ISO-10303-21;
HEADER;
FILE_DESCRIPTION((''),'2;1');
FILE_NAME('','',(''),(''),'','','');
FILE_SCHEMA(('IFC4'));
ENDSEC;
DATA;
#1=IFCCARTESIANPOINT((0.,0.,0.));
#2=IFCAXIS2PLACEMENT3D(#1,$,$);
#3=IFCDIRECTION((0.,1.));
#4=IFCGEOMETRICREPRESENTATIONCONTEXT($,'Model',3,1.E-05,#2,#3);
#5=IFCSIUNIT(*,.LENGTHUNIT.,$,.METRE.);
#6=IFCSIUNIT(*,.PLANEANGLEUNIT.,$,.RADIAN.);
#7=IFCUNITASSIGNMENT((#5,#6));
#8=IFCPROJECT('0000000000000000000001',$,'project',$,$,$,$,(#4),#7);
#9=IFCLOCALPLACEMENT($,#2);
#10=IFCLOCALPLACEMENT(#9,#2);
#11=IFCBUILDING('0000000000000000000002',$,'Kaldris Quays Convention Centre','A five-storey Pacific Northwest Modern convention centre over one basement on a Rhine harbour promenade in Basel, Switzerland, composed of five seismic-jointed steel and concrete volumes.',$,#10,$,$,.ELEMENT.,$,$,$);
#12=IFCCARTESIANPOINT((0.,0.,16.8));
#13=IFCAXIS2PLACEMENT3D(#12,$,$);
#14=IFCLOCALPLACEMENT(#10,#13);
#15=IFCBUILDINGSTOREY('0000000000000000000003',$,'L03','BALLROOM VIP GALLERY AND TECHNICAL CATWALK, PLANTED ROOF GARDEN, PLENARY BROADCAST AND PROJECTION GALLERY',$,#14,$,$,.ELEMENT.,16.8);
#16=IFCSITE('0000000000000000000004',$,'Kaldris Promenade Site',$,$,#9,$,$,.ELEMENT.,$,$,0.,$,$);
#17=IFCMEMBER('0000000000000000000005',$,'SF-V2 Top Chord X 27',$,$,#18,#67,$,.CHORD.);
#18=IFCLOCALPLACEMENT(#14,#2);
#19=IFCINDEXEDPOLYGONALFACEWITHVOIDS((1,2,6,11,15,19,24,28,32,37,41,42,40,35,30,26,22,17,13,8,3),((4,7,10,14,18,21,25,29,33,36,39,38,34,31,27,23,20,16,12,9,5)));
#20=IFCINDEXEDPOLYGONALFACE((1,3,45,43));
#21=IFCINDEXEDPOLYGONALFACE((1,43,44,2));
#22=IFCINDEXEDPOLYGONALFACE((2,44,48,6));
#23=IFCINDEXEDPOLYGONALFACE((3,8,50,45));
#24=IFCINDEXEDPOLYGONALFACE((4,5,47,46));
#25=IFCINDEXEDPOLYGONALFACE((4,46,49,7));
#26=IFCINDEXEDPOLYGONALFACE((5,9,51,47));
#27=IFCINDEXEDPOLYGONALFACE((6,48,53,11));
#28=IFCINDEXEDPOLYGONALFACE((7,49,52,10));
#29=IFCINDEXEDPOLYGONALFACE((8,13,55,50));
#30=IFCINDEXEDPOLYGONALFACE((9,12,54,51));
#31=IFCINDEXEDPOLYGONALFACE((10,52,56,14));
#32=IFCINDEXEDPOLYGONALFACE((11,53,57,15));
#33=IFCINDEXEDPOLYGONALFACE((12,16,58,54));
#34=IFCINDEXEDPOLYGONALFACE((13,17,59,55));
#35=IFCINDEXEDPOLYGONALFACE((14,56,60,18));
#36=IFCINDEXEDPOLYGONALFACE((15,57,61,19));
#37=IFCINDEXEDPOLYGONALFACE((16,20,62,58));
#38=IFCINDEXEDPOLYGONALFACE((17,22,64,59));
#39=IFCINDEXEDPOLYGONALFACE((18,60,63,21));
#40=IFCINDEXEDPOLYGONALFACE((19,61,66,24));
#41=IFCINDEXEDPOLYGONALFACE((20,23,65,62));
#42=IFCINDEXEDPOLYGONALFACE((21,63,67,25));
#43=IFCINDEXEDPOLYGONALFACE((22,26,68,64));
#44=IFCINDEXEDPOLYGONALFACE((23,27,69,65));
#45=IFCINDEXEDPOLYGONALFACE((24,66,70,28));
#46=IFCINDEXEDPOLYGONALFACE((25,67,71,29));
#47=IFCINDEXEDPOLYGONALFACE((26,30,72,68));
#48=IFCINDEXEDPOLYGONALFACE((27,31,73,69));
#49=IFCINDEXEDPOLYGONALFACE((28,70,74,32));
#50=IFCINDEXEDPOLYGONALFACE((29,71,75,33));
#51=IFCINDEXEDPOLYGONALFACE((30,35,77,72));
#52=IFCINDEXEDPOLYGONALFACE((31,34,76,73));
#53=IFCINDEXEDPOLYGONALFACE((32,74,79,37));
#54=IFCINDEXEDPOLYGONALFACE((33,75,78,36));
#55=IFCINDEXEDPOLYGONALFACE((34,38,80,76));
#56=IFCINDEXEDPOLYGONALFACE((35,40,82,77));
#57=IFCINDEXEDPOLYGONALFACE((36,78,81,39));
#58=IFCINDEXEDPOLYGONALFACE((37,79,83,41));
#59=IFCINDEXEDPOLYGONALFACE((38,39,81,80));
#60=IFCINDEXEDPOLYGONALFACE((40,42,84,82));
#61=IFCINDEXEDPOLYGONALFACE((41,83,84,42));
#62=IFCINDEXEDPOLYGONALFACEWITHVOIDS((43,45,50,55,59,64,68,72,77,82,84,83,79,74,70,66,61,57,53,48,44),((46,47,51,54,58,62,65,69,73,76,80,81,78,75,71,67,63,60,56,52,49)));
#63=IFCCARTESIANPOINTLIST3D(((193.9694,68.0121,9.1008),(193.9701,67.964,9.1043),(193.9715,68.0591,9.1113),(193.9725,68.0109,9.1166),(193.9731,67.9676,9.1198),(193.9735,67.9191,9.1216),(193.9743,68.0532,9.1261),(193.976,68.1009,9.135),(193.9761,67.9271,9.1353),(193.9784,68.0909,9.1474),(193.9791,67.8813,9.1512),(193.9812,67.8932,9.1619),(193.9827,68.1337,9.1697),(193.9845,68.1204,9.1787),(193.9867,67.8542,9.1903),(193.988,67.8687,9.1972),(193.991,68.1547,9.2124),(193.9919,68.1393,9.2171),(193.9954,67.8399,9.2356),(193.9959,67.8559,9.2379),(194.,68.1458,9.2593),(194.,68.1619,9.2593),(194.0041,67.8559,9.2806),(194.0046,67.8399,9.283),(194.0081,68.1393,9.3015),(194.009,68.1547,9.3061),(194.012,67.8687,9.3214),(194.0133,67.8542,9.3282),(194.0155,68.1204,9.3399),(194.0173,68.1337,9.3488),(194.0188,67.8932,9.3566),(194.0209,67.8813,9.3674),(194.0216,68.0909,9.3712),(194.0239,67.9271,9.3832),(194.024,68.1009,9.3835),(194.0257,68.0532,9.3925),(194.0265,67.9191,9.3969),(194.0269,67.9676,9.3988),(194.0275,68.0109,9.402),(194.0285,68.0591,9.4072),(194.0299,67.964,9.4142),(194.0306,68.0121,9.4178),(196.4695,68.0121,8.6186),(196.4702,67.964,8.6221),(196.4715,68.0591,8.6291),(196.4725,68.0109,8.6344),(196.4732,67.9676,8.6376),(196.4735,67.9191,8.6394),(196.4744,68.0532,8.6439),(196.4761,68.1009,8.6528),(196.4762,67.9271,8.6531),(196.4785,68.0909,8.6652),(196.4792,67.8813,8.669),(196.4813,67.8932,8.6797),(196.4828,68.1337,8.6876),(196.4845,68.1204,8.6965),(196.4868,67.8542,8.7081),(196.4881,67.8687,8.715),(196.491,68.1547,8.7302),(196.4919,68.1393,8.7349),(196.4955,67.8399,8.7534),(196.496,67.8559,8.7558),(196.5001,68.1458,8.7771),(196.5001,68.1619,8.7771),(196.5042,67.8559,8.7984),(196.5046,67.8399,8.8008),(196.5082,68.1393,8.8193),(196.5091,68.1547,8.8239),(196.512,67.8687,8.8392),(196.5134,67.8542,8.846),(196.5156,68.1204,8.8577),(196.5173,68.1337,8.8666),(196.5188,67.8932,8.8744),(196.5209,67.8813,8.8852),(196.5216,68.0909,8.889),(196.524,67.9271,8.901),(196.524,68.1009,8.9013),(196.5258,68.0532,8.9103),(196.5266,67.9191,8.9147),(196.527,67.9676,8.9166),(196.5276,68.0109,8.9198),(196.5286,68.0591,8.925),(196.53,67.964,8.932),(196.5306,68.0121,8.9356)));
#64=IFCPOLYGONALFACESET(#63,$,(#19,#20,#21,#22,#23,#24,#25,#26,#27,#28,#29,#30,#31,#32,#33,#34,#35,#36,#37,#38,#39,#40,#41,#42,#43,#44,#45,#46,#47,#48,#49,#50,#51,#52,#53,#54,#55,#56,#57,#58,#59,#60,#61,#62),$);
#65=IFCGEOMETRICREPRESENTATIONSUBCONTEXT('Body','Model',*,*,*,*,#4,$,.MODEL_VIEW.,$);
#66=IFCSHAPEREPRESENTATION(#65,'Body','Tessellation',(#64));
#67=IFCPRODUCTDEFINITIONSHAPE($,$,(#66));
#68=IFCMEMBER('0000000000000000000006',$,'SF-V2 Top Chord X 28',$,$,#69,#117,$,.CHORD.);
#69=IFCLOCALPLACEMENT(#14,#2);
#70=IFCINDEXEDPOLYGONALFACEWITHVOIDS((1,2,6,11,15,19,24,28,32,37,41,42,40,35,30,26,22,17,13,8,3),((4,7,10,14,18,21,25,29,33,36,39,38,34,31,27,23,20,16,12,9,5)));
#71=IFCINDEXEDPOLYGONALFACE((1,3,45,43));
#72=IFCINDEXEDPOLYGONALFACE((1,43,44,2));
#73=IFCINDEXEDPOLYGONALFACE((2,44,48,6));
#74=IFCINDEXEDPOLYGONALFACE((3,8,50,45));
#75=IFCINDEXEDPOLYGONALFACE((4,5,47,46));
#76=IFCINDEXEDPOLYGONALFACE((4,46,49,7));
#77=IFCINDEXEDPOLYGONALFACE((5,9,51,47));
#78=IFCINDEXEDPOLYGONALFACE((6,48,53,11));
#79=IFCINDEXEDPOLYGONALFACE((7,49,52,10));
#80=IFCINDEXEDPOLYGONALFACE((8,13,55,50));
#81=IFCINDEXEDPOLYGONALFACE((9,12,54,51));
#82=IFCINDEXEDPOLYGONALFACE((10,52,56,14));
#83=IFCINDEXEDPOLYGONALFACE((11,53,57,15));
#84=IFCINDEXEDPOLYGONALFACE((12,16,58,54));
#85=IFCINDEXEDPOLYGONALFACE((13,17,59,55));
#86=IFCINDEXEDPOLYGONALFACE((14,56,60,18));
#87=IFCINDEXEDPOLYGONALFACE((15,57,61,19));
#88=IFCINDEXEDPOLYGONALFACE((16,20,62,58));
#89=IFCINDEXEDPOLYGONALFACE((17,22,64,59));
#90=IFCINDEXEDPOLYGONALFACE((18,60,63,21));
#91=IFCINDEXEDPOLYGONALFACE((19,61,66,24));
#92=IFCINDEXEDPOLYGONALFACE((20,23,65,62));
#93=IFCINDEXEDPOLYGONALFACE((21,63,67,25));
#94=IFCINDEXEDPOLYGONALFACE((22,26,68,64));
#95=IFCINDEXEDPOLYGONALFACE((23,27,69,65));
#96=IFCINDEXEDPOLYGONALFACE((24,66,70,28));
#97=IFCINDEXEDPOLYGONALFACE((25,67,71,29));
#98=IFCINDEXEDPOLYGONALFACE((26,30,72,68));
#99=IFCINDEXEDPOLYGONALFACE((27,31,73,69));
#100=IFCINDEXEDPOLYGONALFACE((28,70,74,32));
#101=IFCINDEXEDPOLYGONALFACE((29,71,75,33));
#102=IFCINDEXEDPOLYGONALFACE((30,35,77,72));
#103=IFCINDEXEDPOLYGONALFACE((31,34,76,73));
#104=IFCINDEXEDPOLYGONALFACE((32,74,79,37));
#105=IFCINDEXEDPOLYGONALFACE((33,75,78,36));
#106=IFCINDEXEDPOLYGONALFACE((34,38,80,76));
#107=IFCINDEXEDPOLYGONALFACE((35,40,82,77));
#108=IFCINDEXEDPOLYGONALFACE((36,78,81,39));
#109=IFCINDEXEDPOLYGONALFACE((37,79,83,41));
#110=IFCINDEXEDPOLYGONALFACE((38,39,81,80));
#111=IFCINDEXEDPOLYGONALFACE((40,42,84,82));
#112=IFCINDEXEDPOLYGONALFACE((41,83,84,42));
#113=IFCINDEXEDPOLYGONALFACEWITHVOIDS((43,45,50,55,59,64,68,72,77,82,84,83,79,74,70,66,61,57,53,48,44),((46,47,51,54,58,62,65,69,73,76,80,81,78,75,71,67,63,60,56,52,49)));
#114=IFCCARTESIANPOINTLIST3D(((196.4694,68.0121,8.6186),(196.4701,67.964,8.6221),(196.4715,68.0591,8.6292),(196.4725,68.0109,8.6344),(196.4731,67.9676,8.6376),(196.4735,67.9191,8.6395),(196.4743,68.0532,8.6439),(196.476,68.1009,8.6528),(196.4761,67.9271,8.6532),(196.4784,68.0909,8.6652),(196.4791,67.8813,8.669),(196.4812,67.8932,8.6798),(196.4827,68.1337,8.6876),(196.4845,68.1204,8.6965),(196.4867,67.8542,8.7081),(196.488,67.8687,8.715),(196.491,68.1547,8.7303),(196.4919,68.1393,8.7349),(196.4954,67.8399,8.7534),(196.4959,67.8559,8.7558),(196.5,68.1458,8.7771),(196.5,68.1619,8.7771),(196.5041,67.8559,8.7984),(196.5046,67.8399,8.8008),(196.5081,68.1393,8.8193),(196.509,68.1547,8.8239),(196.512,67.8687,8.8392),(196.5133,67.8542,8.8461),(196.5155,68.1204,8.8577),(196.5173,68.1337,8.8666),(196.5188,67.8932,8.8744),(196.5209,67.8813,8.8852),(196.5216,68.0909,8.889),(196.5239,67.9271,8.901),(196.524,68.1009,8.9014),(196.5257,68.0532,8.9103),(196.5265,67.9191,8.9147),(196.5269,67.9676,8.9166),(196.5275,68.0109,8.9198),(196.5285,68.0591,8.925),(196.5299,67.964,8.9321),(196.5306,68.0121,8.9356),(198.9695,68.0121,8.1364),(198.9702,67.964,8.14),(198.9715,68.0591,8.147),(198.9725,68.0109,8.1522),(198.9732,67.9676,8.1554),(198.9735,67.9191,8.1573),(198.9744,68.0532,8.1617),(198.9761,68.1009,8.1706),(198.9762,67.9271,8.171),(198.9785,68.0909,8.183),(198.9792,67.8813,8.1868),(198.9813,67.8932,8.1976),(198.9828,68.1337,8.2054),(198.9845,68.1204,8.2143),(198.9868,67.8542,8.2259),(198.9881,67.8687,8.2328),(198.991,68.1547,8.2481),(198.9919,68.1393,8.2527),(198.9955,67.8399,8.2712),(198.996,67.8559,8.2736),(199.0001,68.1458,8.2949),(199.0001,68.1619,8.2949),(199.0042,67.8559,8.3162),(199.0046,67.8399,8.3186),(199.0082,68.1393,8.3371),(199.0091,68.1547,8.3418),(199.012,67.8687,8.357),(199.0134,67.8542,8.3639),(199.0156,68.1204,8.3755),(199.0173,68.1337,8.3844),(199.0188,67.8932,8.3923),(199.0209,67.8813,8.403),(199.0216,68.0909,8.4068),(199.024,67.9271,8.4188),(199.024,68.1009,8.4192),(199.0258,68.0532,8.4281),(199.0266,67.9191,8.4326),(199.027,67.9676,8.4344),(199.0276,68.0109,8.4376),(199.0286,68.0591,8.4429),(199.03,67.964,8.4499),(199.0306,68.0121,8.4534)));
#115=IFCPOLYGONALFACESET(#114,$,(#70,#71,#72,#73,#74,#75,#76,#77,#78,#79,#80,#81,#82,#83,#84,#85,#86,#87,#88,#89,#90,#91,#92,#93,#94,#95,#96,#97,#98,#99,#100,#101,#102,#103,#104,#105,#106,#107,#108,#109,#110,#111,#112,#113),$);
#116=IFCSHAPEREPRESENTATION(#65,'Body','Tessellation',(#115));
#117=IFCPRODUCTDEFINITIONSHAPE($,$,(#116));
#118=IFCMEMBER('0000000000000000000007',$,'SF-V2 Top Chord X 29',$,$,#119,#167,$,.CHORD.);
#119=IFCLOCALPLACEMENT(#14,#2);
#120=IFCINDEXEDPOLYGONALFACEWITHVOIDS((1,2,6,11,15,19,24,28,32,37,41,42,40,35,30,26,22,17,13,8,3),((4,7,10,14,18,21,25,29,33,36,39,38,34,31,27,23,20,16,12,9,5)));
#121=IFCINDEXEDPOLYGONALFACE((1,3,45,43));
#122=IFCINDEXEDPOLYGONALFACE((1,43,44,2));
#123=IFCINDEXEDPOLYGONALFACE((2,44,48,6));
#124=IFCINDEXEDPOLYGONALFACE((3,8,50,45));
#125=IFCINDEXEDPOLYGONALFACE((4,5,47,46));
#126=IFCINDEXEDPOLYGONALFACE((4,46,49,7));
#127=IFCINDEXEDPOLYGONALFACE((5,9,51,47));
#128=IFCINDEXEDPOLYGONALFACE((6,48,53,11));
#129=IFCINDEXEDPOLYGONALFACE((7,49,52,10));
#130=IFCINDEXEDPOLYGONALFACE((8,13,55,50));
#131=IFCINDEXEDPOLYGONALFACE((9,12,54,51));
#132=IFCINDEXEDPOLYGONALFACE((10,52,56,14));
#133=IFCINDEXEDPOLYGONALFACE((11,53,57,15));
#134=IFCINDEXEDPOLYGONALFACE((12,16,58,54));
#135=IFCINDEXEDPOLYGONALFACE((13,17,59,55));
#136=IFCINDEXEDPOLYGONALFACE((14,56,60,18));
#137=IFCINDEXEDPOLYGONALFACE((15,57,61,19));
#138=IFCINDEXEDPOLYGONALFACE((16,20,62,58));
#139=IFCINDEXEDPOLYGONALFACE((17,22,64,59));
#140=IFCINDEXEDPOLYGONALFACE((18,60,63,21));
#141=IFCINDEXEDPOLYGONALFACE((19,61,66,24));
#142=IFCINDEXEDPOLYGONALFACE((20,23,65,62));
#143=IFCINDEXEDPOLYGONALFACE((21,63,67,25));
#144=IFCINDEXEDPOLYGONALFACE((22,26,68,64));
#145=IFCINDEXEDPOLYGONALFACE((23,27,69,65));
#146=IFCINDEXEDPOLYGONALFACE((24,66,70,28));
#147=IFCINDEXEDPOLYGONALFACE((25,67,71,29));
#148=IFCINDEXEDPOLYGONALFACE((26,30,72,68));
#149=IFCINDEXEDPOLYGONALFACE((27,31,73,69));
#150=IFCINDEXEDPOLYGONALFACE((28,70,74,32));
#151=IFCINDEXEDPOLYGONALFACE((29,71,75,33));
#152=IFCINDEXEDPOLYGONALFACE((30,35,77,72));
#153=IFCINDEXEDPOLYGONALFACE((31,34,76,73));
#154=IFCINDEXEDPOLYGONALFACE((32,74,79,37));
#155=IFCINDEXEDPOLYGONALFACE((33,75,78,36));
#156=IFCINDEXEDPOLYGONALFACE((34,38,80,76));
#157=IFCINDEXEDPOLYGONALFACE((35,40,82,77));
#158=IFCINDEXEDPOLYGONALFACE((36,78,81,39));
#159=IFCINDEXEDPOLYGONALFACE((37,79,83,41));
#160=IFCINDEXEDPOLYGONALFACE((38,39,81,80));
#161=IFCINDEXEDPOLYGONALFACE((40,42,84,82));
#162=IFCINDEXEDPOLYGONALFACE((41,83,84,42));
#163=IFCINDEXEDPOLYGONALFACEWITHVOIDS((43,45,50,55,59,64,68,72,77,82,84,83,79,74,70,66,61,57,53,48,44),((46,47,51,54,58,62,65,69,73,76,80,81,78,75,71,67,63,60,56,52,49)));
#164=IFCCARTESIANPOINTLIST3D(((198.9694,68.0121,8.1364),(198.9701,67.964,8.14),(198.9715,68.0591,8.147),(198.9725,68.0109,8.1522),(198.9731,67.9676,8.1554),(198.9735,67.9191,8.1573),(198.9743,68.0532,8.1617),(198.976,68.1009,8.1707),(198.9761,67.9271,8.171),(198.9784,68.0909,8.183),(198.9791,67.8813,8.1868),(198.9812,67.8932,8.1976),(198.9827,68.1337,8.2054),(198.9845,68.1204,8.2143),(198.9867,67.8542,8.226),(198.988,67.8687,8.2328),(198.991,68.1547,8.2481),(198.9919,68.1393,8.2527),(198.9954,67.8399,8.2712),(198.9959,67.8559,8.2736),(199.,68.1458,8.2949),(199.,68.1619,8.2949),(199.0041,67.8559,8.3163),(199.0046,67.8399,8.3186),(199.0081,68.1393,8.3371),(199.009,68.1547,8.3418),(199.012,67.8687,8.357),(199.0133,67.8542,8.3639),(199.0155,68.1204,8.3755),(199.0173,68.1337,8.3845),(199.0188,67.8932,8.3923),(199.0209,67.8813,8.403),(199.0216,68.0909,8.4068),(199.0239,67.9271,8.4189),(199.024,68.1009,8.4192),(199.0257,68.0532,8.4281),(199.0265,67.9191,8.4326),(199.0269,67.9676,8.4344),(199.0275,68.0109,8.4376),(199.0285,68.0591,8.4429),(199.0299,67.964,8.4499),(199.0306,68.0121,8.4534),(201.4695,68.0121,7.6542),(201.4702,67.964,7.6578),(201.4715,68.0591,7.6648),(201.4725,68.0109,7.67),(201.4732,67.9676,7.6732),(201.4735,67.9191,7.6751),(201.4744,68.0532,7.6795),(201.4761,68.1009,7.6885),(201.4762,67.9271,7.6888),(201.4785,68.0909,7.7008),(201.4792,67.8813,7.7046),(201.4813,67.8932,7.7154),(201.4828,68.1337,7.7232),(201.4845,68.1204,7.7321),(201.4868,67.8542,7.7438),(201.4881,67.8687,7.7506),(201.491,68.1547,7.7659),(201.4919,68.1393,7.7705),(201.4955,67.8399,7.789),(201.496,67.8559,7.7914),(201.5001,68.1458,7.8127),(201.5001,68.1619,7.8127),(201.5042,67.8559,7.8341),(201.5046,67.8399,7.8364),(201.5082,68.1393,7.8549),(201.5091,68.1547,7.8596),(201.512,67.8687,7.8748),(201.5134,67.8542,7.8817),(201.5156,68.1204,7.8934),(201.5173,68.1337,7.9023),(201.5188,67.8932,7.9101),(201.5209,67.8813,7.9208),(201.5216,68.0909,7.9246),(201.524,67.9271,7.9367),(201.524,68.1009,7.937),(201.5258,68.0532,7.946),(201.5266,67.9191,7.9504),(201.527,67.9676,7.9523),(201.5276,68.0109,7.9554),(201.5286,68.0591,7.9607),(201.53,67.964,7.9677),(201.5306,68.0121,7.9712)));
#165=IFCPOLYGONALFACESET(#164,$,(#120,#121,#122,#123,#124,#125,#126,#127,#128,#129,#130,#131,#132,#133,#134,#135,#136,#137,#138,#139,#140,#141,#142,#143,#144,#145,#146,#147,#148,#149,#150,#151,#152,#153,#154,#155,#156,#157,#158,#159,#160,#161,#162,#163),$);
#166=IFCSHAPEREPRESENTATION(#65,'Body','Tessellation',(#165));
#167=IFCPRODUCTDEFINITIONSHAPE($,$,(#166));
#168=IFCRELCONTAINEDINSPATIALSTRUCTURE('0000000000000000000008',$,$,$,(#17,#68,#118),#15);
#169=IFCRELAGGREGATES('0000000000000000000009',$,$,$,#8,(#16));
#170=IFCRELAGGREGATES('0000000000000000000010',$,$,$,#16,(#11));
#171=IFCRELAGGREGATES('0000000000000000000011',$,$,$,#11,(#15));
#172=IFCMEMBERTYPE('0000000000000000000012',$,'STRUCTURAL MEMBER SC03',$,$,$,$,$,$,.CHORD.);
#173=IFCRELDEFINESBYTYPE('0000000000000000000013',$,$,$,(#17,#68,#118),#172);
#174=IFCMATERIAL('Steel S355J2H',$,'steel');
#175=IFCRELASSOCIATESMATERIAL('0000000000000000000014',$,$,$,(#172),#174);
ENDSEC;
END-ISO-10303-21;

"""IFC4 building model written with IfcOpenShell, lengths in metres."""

from ifc_helpers import new_model, si_unit, direction, frame, origin, origin_2d, place, context, subcontext, project, spatial, hollow_circle, extrude, material, material_profile, profile_set, type_object, element, save


model = new_model("IFC4")

# Units and contexts
model_context = context("Model", 3, precision=1e-05, world=origin(), true_north=direction((0.0, 1.0)))
body_context = subcontext(model_context, "Body", "Model", "MODEL_VIEW")
ifc_project = project(units=[si_unit("LENGTHUNIT", "METRE"), si_unit("PLANEANGLEUNIT", "RADIAN")], contexts=[model_context])

# Site, building, storey
site_placement = place(None, origin())
site = spatial("IfcSite", under=ifc_project, at=site_placement, Name="Kaldris Promenade Site", CompositionType="ELEMENT", RefElevation=0.0)
building_placement = place(site_placement, origin())
building = spatial("IfcBuilding", under=site, at=building_placement, Name="Kaldris Quays Convention Centre", Description="A five-storey Pacific Northwest Modern convention centre over one basement on a Rhine harbour promenade in Basel, Switzerland, composed of five seismic-jointed steel and concrete volumes.", CompositionType="ELEMENT")
storey_placement = place(building_placement, frame((0.0, 0.0, 16.8)))
storey = spatial("IfcBuildingStorey", under=building, at=storey_placement, Name="L03", Description="BALLROOM VIP GALLERY AND TECHNICAL CATWALK, PLANTED ROOF GARDEN, PLENARY BROADCAST AND PROJECTION GALLERY", CompositionType="ELEMENT", Elevation=16.8)

# Members
ifc_material_1 = material(Name="Steel S355J2H", Category="steel")
ifc_material_profile_1 = material_profile(ifc_material_1, hollow_circle(Radius=0.1619, WallThickness=0.0161, at=origin_2d()), Name="CHS 323.9x16")
ifc_profile_set_1 = profile_set([ifc_material_profile_1], Name="Steel S355J2H")
member_type_1 = type_object("IfcMemberType", Name="STRUCTURAL MEMBER SC03", PredefinedType="CHORD", material=ifc_profile_set_1)
for number, where, z_axis, x_axis, name in (
    (1, (194.0, 68.0, 9.2593), (0.981904, 0.0, -0.189381), (0.0, 1.0, 0.0), "SF-V2 Top Chord X 27"),
    (2, (196.5, 68.0, 8.7771), (0.981904, 0.0, -0.189381), (0.0, 1.0, 0.0), "SF-V2 Top Chord X 28"),
    (3, (199.0, 68.0, 8.2949), (0.981904, 0.0, -0.189381), (0.0, 1.0, 0.0), "SF-V2 Top Chord X 29"),
):
    element("IfcMember", number, at=place(storey_placement, frame(where, z_axis=z_axis, x_axis=x_axis)), inside=storey, type_object=member_type_1, Name=name, PredefinedType="CHORD", context=body_context, shape_type="SweptSolid", body=[
        extrude(hollow_circle(Radius=0.1619, WallThickness=0.0161, at=origin_2d()), origin(), (0.0, 0.0, 1.0), 2.5461),
    ])

save(model, "model.ifc")
